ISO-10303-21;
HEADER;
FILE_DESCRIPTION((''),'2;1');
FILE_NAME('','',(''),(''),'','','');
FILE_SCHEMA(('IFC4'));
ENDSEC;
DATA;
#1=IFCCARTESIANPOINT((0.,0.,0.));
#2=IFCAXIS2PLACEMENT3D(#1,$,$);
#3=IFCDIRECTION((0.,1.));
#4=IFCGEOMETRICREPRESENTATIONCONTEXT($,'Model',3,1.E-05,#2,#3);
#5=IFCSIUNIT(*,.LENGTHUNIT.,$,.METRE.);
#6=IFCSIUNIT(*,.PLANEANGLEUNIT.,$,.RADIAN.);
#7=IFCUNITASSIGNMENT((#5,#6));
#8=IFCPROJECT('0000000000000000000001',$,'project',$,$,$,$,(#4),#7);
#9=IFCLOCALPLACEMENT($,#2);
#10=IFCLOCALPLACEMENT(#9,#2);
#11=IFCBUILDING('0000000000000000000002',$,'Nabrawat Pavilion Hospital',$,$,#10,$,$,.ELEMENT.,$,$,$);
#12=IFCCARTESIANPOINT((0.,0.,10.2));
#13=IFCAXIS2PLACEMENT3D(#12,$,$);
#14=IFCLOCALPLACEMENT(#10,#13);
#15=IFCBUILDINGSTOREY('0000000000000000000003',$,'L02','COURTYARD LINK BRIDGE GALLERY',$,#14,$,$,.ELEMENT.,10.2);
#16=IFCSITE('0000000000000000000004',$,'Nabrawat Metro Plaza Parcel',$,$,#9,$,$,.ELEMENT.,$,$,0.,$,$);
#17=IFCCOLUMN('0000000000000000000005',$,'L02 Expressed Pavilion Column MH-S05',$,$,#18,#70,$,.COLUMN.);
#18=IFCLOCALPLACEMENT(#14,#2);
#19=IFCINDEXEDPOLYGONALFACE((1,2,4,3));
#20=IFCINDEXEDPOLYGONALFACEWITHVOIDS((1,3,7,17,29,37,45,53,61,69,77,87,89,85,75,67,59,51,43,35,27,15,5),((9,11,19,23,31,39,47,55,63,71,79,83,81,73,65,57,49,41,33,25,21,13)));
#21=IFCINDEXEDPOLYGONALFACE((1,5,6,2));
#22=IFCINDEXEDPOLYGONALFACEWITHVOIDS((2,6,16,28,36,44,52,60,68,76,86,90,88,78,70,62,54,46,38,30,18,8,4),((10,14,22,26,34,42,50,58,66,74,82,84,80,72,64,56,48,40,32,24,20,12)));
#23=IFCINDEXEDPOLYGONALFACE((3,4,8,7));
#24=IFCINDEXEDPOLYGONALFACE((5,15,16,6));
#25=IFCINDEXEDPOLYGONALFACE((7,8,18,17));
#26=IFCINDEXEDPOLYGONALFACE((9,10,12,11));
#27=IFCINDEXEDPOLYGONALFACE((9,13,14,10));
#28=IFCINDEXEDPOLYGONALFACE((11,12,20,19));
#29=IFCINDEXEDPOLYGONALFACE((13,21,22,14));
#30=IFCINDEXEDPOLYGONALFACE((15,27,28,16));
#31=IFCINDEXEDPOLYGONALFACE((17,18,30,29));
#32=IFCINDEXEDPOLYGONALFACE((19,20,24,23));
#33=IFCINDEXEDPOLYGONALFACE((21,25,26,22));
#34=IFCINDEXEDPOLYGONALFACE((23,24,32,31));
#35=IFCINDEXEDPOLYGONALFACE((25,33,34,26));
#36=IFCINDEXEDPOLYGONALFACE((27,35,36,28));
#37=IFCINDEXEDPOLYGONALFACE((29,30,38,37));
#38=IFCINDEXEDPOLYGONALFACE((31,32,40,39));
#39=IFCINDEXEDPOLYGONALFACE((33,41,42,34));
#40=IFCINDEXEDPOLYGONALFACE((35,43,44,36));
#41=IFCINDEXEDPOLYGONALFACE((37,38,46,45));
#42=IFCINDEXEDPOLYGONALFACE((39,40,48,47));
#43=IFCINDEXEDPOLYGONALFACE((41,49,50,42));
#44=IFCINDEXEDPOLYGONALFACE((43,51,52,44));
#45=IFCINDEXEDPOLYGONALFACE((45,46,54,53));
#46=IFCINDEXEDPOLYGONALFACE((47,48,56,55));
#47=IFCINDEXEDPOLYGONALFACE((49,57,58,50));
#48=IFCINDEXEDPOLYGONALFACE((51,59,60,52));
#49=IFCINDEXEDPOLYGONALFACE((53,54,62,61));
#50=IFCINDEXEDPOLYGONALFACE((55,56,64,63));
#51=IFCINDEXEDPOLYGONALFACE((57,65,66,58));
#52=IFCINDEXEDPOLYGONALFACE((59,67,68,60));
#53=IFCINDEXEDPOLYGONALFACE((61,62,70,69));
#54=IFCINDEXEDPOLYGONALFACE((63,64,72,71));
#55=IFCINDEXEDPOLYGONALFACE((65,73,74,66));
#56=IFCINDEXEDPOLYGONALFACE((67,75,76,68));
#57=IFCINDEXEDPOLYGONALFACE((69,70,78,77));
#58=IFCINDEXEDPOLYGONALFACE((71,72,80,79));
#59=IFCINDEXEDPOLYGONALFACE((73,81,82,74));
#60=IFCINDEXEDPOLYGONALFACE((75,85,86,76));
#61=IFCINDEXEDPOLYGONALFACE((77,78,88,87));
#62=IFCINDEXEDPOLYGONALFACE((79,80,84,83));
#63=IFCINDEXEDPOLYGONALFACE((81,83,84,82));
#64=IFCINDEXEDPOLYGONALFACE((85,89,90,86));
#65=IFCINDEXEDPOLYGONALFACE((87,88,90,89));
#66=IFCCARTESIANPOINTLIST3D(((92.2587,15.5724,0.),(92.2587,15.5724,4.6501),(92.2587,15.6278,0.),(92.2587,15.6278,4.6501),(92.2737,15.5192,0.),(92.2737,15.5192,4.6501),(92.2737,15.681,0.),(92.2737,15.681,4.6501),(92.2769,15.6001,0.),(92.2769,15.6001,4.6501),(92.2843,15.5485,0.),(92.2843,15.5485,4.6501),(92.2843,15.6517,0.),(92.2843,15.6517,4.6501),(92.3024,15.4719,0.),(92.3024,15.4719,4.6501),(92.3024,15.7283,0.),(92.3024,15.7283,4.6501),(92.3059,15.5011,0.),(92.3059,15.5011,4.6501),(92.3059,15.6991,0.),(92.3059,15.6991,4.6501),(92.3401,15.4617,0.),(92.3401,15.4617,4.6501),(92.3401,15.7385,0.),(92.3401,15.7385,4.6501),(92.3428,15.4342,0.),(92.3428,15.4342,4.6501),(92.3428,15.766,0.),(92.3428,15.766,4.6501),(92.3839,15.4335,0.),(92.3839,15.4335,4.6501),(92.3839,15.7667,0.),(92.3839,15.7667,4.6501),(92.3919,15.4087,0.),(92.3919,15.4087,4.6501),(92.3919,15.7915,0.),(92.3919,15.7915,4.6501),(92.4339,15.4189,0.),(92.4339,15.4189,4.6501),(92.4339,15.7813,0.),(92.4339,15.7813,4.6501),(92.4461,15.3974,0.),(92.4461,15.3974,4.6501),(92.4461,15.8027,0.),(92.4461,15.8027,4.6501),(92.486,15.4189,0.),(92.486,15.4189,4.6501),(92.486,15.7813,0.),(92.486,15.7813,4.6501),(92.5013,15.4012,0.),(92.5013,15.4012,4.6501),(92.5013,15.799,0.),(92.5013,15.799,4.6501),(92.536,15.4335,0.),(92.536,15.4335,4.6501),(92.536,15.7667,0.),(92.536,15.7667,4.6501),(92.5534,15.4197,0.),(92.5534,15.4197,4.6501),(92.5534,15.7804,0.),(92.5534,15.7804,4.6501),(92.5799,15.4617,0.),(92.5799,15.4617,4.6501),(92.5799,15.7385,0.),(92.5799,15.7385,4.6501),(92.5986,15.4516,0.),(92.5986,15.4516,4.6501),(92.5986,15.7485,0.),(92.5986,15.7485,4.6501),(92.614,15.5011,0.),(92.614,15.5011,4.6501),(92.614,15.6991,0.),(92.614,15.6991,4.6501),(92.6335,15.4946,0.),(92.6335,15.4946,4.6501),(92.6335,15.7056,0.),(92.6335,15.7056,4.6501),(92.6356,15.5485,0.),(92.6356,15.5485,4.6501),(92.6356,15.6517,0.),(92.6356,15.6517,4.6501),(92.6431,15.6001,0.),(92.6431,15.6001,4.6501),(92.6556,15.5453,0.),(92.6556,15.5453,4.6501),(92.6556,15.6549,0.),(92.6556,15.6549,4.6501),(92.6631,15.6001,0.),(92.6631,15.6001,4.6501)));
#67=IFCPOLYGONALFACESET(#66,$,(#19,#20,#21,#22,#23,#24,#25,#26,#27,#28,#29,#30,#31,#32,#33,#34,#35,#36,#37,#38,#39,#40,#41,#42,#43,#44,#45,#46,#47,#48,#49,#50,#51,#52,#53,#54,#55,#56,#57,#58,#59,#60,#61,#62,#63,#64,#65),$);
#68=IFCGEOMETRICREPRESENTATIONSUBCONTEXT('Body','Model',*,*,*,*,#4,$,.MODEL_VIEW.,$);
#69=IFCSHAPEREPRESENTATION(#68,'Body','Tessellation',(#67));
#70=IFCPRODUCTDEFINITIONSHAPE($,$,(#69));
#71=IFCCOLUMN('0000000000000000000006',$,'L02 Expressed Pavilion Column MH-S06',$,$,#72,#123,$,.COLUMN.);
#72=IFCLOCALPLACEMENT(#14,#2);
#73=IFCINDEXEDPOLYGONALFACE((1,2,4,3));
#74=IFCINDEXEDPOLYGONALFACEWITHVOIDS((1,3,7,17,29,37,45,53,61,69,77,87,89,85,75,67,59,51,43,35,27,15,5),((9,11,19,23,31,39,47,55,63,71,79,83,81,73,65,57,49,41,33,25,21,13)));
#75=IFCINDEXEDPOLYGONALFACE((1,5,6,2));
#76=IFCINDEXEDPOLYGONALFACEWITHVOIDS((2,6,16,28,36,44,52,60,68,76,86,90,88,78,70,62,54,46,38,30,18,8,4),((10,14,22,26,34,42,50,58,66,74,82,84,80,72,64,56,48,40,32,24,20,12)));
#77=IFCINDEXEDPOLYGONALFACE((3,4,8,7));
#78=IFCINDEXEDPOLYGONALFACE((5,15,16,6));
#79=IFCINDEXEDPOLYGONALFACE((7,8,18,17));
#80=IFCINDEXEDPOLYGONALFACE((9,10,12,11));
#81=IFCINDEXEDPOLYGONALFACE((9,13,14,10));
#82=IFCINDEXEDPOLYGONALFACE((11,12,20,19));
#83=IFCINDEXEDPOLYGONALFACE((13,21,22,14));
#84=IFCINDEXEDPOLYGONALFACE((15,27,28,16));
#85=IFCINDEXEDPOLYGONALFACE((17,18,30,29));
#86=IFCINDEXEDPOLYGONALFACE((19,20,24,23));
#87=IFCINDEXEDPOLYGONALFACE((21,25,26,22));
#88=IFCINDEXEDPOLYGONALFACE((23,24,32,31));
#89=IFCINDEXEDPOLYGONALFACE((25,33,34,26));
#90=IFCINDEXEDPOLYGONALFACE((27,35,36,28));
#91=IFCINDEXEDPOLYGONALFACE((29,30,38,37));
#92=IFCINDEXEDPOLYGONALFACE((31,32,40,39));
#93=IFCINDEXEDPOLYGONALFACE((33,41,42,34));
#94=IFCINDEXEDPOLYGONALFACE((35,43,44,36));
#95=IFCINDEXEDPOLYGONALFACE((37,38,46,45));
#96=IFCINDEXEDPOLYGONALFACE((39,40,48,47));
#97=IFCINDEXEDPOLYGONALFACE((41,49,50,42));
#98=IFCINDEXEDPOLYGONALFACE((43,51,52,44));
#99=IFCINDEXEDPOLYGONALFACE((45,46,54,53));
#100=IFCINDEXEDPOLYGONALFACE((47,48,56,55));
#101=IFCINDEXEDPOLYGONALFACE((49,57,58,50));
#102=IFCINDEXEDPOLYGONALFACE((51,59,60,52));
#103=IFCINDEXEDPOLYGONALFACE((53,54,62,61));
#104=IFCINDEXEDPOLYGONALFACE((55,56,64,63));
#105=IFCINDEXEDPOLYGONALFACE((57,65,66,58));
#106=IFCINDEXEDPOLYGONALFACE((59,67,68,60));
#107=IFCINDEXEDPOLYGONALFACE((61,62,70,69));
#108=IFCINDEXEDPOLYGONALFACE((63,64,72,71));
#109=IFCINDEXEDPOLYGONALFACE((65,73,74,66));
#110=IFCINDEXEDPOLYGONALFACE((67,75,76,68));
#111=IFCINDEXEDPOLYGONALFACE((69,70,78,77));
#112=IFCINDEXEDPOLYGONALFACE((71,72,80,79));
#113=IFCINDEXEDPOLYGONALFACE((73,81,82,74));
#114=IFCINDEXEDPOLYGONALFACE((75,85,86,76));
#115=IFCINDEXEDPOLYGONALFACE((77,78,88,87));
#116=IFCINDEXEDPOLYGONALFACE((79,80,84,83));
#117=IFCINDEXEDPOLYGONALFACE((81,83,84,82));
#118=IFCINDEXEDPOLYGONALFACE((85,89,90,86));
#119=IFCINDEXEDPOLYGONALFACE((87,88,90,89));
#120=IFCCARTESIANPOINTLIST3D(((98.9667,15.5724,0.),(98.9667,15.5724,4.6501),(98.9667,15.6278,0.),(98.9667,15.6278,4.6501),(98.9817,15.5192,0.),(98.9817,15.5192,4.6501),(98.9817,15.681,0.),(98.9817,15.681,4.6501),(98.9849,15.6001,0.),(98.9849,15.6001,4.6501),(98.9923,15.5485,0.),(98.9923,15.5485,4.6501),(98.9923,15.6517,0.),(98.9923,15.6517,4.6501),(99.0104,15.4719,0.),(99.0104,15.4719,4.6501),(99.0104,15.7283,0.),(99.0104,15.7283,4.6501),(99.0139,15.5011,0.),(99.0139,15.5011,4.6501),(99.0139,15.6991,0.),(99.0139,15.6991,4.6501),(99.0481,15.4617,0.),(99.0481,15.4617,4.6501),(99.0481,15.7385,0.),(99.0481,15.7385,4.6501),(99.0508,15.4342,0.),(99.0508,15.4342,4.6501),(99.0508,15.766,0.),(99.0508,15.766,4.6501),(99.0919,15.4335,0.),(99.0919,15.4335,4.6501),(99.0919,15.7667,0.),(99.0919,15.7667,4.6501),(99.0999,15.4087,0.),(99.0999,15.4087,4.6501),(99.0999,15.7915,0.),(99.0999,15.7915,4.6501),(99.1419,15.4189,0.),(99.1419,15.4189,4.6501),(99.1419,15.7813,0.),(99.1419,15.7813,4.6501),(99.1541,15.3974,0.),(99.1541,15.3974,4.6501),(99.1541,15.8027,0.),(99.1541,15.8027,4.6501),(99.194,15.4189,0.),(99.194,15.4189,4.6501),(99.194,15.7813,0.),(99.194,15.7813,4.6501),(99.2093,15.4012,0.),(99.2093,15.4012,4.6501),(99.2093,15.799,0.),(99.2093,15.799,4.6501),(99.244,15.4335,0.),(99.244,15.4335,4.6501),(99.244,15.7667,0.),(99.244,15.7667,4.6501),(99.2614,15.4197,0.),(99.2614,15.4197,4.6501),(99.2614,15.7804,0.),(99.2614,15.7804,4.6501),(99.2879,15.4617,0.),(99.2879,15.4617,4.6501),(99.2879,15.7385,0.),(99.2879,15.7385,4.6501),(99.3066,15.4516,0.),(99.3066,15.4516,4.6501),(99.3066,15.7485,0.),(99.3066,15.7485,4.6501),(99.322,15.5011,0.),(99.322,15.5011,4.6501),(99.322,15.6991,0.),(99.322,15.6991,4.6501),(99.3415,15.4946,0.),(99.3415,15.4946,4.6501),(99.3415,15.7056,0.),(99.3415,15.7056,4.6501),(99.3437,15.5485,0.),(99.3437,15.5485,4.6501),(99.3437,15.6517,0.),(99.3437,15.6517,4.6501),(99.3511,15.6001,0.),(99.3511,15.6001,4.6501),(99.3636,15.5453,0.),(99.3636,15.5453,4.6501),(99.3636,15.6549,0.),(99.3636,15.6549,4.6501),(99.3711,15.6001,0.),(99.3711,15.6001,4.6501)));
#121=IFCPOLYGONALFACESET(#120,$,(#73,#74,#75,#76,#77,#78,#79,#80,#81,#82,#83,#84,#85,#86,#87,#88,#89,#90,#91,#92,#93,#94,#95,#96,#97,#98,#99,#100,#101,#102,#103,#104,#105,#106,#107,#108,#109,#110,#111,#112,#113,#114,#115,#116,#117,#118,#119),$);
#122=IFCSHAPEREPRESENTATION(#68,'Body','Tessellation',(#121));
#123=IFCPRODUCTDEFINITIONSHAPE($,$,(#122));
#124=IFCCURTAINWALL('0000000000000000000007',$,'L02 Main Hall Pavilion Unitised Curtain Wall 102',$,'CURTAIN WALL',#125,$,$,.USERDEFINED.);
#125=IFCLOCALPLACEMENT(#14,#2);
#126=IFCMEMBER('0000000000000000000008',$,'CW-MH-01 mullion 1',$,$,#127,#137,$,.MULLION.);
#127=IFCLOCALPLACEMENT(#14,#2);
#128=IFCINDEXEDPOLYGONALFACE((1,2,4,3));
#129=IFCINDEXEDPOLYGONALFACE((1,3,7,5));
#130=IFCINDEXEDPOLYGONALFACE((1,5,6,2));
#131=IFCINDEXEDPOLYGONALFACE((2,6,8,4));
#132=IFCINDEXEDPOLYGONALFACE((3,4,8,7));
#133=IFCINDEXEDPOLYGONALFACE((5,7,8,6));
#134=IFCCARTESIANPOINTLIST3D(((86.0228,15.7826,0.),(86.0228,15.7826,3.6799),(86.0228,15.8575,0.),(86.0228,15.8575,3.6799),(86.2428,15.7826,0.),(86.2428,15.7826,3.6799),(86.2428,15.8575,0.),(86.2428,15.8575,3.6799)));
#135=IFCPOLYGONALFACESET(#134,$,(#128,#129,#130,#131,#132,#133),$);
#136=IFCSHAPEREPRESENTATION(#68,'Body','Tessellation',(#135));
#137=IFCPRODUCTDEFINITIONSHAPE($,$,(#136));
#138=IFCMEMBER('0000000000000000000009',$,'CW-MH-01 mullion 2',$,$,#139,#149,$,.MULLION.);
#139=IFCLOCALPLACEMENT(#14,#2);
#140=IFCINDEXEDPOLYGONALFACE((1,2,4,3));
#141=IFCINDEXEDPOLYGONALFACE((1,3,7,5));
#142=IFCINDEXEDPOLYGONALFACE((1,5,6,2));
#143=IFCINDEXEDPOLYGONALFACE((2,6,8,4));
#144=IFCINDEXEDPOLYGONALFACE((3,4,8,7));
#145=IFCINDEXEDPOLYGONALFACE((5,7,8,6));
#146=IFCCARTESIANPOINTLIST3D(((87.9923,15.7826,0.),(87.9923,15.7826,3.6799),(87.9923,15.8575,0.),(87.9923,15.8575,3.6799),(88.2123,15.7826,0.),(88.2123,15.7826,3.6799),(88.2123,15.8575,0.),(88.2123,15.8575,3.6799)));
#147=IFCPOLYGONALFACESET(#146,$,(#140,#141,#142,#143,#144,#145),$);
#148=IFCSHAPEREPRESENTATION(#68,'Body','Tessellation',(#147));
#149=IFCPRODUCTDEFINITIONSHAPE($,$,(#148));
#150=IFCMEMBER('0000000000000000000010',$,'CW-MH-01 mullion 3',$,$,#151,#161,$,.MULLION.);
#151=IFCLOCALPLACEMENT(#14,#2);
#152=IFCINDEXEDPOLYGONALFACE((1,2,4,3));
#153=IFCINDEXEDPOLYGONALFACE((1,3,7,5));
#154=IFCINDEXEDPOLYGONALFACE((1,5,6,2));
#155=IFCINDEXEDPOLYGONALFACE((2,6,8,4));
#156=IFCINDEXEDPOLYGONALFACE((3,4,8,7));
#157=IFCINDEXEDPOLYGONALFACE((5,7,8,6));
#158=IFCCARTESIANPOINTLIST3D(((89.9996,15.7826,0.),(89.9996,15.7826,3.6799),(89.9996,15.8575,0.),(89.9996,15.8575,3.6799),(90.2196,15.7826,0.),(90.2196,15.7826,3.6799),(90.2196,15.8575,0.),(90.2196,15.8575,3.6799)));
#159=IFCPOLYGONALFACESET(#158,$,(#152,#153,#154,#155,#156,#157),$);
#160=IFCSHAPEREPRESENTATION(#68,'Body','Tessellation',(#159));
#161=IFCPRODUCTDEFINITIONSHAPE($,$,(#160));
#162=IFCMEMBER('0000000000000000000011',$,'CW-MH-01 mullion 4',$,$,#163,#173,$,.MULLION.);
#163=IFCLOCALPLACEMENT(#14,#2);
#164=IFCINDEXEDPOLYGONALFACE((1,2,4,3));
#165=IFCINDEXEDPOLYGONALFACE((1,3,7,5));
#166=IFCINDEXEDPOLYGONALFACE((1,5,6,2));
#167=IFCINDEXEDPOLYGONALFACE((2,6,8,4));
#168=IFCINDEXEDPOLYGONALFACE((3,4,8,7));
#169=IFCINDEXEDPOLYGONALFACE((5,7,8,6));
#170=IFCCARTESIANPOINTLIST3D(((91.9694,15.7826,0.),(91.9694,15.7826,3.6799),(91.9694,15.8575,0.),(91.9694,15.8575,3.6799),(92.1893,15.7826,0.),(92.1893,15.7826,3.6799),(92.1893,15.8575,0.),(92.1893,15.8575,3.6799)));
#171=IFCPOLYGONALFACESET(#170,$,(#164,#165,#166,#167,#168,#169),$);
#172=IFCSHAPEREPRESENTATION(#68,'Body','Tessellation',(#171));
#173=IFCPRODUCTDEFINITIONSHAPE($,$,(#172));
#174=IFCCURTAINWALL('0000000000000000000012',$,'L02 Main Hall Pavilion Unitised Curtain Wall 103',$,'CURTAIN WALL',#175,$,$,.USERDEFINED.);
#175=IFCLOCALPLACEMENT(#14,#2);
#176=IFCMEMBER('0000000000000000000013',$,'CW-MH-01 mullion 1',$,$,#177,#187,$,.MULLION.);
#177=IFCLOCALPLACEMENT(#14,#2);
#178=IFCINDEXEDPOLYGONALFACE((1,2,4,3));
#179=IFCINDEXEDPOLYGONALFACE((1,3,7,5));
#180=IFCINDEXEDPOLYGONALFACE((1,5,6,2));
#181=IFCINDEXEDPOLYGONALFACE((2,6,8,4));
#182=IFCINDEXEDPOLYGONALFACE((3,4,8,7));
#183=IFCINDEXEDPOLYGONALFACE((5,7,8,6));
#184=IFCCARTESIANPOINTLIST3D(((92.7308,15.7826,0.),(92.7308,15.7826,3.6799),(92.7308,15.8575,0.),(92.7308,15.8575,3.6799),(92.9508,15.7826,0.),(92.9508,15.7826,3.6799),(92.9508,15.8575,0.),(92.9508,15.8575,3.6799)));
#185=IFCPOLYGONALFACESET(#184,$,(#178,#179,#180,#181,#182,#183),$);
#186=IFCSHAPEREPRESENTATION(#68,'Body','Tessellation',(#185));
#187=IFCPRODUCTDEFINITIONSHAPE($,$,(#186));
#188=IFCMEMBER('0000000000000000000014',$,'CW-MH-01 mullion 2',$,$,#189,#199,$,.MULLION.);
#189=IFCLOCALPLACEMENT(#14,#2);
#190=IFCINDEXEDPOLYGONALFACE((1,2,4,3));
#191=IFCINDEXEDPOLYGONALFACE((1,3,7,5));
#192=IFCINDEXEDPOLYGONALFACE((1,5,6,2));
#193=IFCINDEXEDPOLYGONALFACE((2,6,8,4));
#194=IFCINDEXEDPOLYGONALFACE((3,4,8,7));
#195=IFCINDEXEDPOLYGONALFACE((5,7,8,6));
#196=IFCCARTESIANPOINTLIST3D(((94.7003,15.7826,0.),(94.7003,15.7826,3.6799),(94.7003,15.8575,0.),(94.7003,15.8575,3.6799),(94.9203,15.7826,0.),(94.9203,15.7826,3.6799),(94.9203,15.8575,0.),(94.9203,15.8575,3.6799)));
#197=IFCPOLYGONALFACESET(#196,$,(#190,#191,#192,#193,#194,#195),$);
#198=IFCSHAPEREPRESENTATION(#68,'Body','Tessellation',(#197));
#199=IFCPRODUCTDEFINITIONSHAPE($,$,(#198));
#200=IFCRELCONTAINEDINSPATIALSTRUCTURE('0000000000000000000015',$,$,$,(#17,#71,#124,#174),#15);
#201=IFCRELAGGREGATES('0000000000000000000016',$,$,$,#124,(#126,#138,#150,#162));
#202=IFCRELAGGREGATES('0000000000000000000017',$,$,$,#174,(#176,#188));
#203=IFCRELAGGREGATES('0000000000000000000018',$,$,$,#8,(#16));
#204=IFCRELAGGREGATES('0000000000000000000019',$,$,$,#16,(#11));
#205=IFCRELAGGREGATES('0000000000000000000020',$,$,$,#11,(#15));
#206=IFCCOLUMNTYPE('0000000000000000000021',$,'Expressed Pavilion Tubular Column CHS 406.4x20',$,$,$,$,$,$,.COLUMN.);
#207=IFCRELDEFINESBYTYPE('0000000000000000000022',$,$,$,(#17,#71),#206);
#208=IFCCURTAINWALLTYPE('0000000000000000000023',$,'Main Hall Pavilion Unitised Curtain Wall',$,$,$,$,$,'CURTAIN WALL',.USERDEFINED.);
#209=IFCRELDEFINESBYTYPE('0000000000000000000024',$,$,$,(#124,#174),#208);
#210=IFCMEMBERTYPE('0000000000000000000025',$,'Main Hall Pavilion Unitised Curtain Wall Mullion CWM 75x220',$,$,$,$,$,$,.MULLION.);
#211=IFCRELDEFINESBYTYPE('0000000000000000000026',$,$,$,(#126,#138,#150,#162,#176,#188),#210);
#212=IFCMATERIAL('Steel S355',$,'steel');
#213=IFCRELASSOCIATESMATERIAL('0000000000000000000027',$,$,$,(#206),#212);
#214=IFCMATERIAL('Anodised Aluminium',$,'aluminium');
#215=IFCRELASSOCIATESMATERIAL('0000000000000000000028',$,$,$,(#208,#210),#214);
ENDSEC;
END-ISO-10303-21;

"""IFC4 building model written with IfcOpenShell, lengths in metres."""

from ifc_helpers import new_model, si_unit, direction, frame, origin, origin_2d, place, context, subcontext, project, spatial, rectangle, hollow_circle, extrude, material, material_profile, profile_set, type_object, element, aggregate, save


model = new_model("IFC4")

# Units and contexts
model_context = context("Model", 3, precision=1e-05, world=origin(), true_north=direction((0.0, 1.0)))
body_context = subcontext(model_context, "Body", "Model", "MODEL_VIEW")
ifc_project = project(units=[si_unit("LENGTHUNIT", "METRE"), si_unit("PLANEANGLEUNIT", "RADIAN")], contexts=[model_context])

# Site, building, storey
site_placement = place(None, origin())
site = spatial("IfcSite", under=ifc_project, at=site_placement, Name="Nabrawat Metro Plaza Parcel", CompositionType="ELEMENT", RefElevation=0.0)
building_placement = place(site_placement, origin())
building = spatial("IfcBuilding", under=site, at=building_placement, Name="Nabrawat Pavilion Hospital", CompositionType="ELEMENT")
storey_placement = place(building_placement, frame((0.0, 0.0, 10.2)))
storey = spatial("IfcBuildingStorey", under=building, at=storey_placement, Name="L02", Description="COURTYARD LINK BRIDGE GALLERY", CompositionType="ELEMENT", Elevation=10.2)

# Columns
ifc_material_1 = material(Name="Steel S355", Category="steel")
ifc_material_profile_1 = material_profile(ifc_material_1, hollow_circle(Radius=0.2031, WallThickness=0.02, at=origin_2d()), Name="CHS 406.4x20")
ifc_profile_set_1 = profile_set([ifc_material_profile_1], Name="Steel S355")
column_type = type_object("IfcColumnType", Name="Expressed Pavilion Tubular Column CHS 406.4x20", PredefinedType="COLUMN", material=ifc_profile_set_1)
for number, where, z_axis, x_axis, name in (
    (1, (92.46, 15.6001, 0.0), (0.0, 0.0, 1.0), (1.0, 0.0, 0.0), "L02 Expressed Pavilion Column MH-S05"),
    (2, (99.168, 15.6001, 0.0), (0.0, 0.0, 1.0), (1.0, 0.0, 0.0), "L02 Expressed Pavilion Column MH-S06"),
):
    element("IfcColumn", number, at=place(storey_placement, frame(where, z_axis=z_axis, x_axis=x_axis)), inside=storey, type_object=column_type, Name=name, PredefinedType="COLUMN", context=body_context, shape_type="SweptSolid", body=[
        extrude(hollow_circle(Radius=0.2031, WallThickness=0.02, at=origin_2d()), origin(), (0.0, 0.0, 1.0), 4.6501),
    ])

# Curtain walls, members
ifc_material_2 = material(Name="Anodised Aluminium", Category="aluminium")
curtain_wall_type = type_object("IfcCurtainWallType", Name="Main Hall Pavilion Unitised Curtain Wall", ElementType="CURTAIN WALL", PredefinedType="USERDEFINED", material=ifc_material_2)
curtain_wall_1_placement = place(storey_placement, origin())
curtain_wall_1 = element("IfcCurtainWall", 3, at=curtain_wall_1_placement, inside=storey, type_object=curtain_wall_type, Name="L02 Main Hall Pavilion Unitised Curtain Wall 102", ObjectType="CURTAIN WALL", PredefinedType="USERDEFINED")
ifc_material_profile_2 = material_profile(ifc_material_2, rectangle(XDim=0.075, YDim=0.22, at=origin_2d()), Name="CWM 75x220")
ifc_profile_set_2 = profile_set([ifc_material_profile_2], Name="Anodised Aluminium")
member_type_1 = type_object("IfcMemberType", Name="Main Hall Pavilion Unitised Curtain Wall Mullion CWM 75x220", PredefinedType="MULLION", material=ifc_profile_set_2)
member_1_placement = place(storey_placement, frame((86.1328, 15.8201, 0.0), z_axis=(0.0, 0.0, 1.0), x_axis=(0.0, 1.0, 0.0)))
member_1 = element("IfcMember", 4, at=member_1_placement, type_object=member_type_1, Name="CW-MH-01 mullion 1", PredefinedType="MULLION", context=body_context, shape_type="SweptSolid", body=[
    extrude(rectangle(XDim=0.075, YDim=0.22, at=origin_2d()), origin(), (0.0, 0.0, 1.0), 3.6799),
])
member_2_placement = place(storey_placement, frame((88.1023, 15.8201, 0.0), z_axis=(0.0, 0.0, 1.0), x_axis=(0.0, 1.0, 0.0)))
member_2 = element("IfcMember", 5, at=member_2_placement, type_object=member_type_1, Name="CW-MH-01 mullion 2", PredefinedType="MULLION", context=body_context, shape_type="SweptSolid", body=[
    extrude(rectangle(XDim=0.075, YDim=0.22, at=origin_2d()), origin(), (0.0, 0.0, 1.0), 3.6799),
])
member_3_placement = place(storey_placement, frame((90.1096, 15.8201, 0.0), z_axis=(0.0, 0.0, 1.0), x_axis=(0.0, 1.0, 0.0)))
member_3 = element("IfcMember", 6, at=member_3_placement, type_object=member_type_1, Name="CW-MH-01 mullion 3", PredefinedType="MULLION", context=body_context, shape_type="SweptSolid", body=[
    extrude(rectangle(XDim=0.075, YDim=0.22, at=origin_2d()), origin(), (0.0, 0.0, 1.0), 3.6799),
])
member_4_placement = place(storey_placement, frame((92.0793, 15.8201, 0.0), z_axis=(0.0, 0.0, 1.0), x_axis=(0.0, 1.0, 0.0)))
member_4 = element("IfcMember", 7, at=member_4_placement, type_object=member_type_1, Name="CW-MH-01 mullion 4", PredefinedType="MULLION", context=body_context, shape_type="SweptSolid", body=[
    extrude(rectangle(XDim=0.075, YDim=0.22, at=origin_2d()), origin(), (0.0, 0.0, 1.0), 3.6799),
])
curtain_wall_2_placement = place(storey_placement, origin())
curtain_wall_2 = element("IfcCurtainWall", 8, at=curtain_wall_2_placement, inside=storey, type_object=curtain_wall_type, Name="L02 Main Hall Pavilion Unitised Curtain Wall 103", ObjectType="CURTAIN WALL", PredefinedType="USERDEFINED")
member_5_placement = place(storey_placement, frame((92.8408, 15.8201, 0.0), z_axis=(0.0, 0.0, 1.0), x_axis=(0.0, 1.0, 0.0)))
member_5 = element("IfcMember", 9, at=member_5_placement, type_object=member_type_1, Name="CW-MH-01 mullion 1", PredefinedType="MULLION", context=body_context, shape_type="SweptSolid", body=[
    extrude(rectangle(XDim=0.075, YDim=0.22, at=origin_2d()), origin(), (0.0, 0.0, 1.0), 3.6799),
])
member_6_placement = place(storey_placement, frame((94.8103, 15.8201, 0.0), z_axis=(0.0, 0.0, 1.0), x_axis=(0.0, 1.0, 0.0)))
member_6 = element("IfcMember", 10, at=member_6_placement, type_object=member_type_1, Name="CW-MH-01 mullion 2", PredefinedType="MULLION", context=body_context, shape_type="SweptSolid", body=[
    extrude(rectangle(XDim=0.075, YDim=0.22, at=origin_2d()), origin(), (0.0, 0.0, 1.0), 3.6799),
])

aggregate(curtain_wall_1, [member_1, member_2, member_3, member_4])
aggregate(curtain_wall_2, [member_5, member_6])

save(model, "model.ifc")
